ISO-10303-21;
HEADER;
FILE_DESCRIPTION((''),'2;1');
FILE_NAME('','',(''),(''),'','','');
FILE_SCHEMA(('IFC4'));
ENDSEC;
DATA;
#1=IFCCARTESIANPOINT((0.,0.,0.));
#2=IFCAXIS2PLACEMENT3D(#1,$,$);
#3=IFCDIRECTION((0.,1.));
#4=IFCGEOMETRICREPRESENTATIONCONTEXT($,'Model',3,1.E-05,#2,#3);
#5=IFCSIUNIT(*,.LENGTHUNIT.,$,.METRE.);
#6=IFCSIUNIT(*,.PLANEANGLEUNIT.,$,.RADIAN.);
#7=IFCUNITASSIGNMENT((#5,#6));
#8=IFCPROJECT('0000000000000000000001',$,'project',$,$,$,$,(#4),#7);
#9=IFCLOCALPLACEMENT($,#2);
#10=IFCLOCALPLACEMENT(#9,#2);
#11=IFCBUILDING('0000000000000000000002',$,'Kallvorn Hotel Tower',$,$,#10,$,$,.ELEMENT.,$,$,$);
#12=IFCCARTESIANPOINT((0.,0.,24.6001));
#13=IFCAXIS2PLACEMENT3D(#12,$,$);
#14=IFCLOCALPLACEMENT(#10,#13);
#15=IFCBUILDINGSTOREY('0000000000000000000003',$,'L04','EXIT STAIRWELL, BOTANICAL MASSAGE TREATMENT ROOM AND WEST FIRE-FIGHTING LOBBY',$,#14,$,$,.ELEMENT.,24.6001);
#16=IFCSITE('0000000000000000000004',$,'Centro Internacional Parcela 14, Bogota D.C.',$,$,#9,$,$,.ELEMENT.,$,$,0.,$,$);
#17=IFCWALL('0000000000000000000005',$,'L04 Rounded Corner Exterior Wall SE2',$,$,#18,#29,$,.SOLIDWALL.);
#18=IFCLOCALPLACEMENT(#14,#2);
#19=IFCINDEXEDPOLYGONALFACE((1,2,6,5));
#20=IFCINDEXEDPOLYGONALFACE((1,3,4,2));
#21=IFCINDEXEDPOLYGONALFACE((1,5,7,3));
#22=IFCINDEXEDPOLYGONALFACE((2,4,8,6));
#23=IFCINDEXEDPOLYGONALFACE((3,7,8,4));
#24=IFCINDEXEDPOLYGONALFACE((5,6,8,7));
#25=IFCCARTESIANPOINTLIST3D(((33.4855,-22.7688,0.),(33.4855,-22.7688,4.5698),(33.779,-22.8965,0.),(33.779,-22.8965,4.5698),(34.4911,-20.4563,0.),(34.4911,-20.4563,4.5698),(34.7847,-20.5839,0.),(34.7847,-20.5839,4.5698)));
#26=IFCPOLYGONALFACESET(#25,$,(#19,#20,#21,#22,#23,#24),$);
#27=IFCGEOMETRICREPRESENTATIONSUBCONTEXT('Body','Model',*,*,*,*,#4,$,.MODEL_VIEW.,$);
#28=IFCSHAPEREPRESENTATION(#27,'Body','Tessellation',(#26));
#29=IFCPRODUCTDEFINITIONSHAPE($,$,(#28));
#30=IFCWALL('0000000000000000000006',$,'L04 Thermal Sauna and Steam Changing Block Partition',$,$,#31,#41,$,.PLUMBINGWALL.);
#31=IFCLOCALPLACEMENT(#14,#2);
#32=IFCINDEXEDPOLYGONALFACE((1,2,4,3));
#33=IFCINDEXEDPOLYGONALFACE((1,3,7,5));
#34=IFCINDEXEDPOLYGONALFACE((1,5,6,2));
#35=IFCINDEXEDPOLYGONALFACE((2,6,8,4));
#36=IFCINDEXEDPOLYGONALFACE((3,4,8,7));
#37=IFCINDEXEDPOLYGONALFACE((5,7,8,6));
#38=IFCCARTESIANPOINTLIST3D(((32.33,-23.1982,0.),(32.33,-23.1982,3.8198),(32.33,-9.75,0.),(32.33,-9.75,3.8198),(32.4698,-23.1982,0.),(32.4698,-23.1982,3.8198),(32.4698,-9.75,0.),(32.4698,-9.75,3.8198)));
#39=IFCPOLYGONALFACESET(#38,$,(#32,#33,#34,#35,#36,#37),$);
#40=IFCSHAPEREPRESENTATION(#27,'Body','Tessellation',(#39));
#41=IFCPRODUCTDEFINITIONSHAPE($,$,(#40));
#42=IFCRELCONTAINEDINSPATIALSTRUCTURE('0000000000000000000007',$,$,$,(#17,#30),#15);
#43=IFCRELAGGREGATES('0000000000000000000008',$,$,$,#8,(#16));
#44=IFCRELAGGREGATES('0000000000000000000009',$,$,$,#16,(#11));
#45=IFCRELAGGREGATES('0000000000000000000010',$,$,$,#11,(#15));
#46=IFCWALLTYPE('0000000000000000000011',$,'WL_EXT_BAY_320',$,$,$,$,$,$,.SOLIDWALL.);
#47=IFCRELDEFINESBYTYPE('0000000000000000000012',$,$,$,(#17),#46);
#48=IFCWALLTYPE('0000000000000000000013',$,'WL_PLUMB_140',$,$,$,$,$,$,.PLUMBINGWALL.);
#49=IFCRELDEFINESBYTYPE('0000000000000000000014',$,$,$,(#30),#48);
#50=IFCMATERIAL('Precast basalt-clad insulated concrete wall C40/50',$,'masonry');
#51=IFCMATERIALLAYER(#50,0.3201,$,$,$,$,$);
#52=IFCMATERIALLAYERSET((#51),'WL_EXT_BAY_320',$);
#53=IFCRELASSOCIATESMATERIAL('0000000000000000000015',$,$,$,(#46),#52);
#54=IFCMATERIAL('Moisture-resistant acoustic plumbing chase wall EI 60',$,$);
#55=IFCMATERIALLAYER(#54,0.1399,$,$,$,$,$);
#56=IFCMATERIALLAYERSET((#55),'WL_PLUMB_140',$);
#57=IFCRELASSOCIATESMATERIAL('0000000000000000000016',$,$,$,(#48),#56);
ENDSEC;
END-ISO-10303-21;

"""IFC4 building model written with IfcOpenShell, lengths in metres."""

from ifc_helpers import new_model, si_unit, direction, frame, frame_2d, origin, place, context, subcontext, project, spatial, rectangle, extrude, material, layer, layer_set, type_object, element, save


model = new_model("IFC4")

# Units and contexts
model_context = context("Model", 3, precision=1e-05, world=origin(), true_north=direction((0.0, 1.0)))
body_context = subcontext(model_context, "Body", "Model", "MODEL_VIEW")
ifc_project = project(units=[si_unit("LENGTHUNIT", "METRE"), si_unit("PLANEANGLEUNIT", "RADIAN")], contexts=[model_context])

# Site, building, storey
site_placement = place(None, origin())
site = spatial("IfcSite", under=ifc_project, at=site_placement, Name="Centro Internacional Parcela 14, Bogota D.C.", CompositionType="ELEMENT", RefElevation=0.0)
building_placement = place(site_placement, origin())
building = spatial("IfcBuilding", under=site, at=building_placement, Name="Kallvorn Hotel Tower", CompositionType="ELEMENT")
storey_placement = place(building_placement, frame((0.0, 0.0, 24.6001)))
storey = spatial("IfcBuildingStorey", under=building, at=storey_placement, Name="L04", Description="EXIT STAIRWELL, BOTANICAL MASSAGE TREATMENT ROOM AND WEST FIRE-FIGHTING LOBBY", CompositionType="ELEMENT", Elevation=24.6001)

# Shared definitions
ifc_material_1 = material(Name="Precast basalt-clad insulated concrete wall C40/50", Category="masonry")
ifc_layer_1 = layer(ifc_material_1, 0.3201)
ifc_layer_set_1 = layer_set([ifc_layer_1], Name="WL_EXT_BAY_320")
wall_type_1 = type_object("IfcWallType", Name="WL_EXT_BAY_320", PredefinedType="SOLIDWALL", material=ifc_layer_set_1)

# Walls
wall_1_placement = place(storey_placement, frame((33.6323, -22.8325, 0.0), z_axis=(0.0, 0.0, 1.0), x_axis=(0.398786, 0.917044, 0.0)))
element("IfcWall", 1, at=wall_1_placement, inside=storey, type_object=wall_type_1, Name="L04 Rounded Corner Exterior Wall SE2", PredefinedType="SOLIDWALL", context=body_context, shape_type="SweptSolid", body=[
    extrude(rectangle(XDim=2.5217, YDim=0.3201, at=frame_2d((1.2607, 0.0))), origin(), (0.0, 0.0, 1.0), 4.5698),
])
ifc_material_2 = material(Name="Moisture-resistant acoustic plumbing chase wall EI 60")
ifc_layer_2 = layer(ifc_material_2, 0.1399)
ifc_layer_set_2 = layer_set([ifc_layer_2], Name="WL_PLUMB_140")
wall_type_2 = type_object("IfcWallType", Name="WL_PLUMB_140", PredefinedType="PLUMBINGWALL", material=ifc_layer_set_2)
wall_2_placement = place(storey_placement, frame((32.3999, -23.1982, 0.0), z_axis=(0.0, 0.0, 1.0), x_axis=(0.0, 1.0, 0.0)))
element("IfcWall", 2, at=wall_2_placement, inside=storey, type_object=wall_type_2, Name="L04 Thermal Sauna and Steam Changing Block Partition", PredefinedType="PLUMBINGWALL", context=body_context, shape_type="SweptSolid", body=[
    extrude(rectangle(XDim=13.4482, YDim=0.1399, at=frame_2d((6.7241, 0.0))), origin(), (0.0, 0.0, 1.0), 3.8198),
])

save(model, "model.ifc")
